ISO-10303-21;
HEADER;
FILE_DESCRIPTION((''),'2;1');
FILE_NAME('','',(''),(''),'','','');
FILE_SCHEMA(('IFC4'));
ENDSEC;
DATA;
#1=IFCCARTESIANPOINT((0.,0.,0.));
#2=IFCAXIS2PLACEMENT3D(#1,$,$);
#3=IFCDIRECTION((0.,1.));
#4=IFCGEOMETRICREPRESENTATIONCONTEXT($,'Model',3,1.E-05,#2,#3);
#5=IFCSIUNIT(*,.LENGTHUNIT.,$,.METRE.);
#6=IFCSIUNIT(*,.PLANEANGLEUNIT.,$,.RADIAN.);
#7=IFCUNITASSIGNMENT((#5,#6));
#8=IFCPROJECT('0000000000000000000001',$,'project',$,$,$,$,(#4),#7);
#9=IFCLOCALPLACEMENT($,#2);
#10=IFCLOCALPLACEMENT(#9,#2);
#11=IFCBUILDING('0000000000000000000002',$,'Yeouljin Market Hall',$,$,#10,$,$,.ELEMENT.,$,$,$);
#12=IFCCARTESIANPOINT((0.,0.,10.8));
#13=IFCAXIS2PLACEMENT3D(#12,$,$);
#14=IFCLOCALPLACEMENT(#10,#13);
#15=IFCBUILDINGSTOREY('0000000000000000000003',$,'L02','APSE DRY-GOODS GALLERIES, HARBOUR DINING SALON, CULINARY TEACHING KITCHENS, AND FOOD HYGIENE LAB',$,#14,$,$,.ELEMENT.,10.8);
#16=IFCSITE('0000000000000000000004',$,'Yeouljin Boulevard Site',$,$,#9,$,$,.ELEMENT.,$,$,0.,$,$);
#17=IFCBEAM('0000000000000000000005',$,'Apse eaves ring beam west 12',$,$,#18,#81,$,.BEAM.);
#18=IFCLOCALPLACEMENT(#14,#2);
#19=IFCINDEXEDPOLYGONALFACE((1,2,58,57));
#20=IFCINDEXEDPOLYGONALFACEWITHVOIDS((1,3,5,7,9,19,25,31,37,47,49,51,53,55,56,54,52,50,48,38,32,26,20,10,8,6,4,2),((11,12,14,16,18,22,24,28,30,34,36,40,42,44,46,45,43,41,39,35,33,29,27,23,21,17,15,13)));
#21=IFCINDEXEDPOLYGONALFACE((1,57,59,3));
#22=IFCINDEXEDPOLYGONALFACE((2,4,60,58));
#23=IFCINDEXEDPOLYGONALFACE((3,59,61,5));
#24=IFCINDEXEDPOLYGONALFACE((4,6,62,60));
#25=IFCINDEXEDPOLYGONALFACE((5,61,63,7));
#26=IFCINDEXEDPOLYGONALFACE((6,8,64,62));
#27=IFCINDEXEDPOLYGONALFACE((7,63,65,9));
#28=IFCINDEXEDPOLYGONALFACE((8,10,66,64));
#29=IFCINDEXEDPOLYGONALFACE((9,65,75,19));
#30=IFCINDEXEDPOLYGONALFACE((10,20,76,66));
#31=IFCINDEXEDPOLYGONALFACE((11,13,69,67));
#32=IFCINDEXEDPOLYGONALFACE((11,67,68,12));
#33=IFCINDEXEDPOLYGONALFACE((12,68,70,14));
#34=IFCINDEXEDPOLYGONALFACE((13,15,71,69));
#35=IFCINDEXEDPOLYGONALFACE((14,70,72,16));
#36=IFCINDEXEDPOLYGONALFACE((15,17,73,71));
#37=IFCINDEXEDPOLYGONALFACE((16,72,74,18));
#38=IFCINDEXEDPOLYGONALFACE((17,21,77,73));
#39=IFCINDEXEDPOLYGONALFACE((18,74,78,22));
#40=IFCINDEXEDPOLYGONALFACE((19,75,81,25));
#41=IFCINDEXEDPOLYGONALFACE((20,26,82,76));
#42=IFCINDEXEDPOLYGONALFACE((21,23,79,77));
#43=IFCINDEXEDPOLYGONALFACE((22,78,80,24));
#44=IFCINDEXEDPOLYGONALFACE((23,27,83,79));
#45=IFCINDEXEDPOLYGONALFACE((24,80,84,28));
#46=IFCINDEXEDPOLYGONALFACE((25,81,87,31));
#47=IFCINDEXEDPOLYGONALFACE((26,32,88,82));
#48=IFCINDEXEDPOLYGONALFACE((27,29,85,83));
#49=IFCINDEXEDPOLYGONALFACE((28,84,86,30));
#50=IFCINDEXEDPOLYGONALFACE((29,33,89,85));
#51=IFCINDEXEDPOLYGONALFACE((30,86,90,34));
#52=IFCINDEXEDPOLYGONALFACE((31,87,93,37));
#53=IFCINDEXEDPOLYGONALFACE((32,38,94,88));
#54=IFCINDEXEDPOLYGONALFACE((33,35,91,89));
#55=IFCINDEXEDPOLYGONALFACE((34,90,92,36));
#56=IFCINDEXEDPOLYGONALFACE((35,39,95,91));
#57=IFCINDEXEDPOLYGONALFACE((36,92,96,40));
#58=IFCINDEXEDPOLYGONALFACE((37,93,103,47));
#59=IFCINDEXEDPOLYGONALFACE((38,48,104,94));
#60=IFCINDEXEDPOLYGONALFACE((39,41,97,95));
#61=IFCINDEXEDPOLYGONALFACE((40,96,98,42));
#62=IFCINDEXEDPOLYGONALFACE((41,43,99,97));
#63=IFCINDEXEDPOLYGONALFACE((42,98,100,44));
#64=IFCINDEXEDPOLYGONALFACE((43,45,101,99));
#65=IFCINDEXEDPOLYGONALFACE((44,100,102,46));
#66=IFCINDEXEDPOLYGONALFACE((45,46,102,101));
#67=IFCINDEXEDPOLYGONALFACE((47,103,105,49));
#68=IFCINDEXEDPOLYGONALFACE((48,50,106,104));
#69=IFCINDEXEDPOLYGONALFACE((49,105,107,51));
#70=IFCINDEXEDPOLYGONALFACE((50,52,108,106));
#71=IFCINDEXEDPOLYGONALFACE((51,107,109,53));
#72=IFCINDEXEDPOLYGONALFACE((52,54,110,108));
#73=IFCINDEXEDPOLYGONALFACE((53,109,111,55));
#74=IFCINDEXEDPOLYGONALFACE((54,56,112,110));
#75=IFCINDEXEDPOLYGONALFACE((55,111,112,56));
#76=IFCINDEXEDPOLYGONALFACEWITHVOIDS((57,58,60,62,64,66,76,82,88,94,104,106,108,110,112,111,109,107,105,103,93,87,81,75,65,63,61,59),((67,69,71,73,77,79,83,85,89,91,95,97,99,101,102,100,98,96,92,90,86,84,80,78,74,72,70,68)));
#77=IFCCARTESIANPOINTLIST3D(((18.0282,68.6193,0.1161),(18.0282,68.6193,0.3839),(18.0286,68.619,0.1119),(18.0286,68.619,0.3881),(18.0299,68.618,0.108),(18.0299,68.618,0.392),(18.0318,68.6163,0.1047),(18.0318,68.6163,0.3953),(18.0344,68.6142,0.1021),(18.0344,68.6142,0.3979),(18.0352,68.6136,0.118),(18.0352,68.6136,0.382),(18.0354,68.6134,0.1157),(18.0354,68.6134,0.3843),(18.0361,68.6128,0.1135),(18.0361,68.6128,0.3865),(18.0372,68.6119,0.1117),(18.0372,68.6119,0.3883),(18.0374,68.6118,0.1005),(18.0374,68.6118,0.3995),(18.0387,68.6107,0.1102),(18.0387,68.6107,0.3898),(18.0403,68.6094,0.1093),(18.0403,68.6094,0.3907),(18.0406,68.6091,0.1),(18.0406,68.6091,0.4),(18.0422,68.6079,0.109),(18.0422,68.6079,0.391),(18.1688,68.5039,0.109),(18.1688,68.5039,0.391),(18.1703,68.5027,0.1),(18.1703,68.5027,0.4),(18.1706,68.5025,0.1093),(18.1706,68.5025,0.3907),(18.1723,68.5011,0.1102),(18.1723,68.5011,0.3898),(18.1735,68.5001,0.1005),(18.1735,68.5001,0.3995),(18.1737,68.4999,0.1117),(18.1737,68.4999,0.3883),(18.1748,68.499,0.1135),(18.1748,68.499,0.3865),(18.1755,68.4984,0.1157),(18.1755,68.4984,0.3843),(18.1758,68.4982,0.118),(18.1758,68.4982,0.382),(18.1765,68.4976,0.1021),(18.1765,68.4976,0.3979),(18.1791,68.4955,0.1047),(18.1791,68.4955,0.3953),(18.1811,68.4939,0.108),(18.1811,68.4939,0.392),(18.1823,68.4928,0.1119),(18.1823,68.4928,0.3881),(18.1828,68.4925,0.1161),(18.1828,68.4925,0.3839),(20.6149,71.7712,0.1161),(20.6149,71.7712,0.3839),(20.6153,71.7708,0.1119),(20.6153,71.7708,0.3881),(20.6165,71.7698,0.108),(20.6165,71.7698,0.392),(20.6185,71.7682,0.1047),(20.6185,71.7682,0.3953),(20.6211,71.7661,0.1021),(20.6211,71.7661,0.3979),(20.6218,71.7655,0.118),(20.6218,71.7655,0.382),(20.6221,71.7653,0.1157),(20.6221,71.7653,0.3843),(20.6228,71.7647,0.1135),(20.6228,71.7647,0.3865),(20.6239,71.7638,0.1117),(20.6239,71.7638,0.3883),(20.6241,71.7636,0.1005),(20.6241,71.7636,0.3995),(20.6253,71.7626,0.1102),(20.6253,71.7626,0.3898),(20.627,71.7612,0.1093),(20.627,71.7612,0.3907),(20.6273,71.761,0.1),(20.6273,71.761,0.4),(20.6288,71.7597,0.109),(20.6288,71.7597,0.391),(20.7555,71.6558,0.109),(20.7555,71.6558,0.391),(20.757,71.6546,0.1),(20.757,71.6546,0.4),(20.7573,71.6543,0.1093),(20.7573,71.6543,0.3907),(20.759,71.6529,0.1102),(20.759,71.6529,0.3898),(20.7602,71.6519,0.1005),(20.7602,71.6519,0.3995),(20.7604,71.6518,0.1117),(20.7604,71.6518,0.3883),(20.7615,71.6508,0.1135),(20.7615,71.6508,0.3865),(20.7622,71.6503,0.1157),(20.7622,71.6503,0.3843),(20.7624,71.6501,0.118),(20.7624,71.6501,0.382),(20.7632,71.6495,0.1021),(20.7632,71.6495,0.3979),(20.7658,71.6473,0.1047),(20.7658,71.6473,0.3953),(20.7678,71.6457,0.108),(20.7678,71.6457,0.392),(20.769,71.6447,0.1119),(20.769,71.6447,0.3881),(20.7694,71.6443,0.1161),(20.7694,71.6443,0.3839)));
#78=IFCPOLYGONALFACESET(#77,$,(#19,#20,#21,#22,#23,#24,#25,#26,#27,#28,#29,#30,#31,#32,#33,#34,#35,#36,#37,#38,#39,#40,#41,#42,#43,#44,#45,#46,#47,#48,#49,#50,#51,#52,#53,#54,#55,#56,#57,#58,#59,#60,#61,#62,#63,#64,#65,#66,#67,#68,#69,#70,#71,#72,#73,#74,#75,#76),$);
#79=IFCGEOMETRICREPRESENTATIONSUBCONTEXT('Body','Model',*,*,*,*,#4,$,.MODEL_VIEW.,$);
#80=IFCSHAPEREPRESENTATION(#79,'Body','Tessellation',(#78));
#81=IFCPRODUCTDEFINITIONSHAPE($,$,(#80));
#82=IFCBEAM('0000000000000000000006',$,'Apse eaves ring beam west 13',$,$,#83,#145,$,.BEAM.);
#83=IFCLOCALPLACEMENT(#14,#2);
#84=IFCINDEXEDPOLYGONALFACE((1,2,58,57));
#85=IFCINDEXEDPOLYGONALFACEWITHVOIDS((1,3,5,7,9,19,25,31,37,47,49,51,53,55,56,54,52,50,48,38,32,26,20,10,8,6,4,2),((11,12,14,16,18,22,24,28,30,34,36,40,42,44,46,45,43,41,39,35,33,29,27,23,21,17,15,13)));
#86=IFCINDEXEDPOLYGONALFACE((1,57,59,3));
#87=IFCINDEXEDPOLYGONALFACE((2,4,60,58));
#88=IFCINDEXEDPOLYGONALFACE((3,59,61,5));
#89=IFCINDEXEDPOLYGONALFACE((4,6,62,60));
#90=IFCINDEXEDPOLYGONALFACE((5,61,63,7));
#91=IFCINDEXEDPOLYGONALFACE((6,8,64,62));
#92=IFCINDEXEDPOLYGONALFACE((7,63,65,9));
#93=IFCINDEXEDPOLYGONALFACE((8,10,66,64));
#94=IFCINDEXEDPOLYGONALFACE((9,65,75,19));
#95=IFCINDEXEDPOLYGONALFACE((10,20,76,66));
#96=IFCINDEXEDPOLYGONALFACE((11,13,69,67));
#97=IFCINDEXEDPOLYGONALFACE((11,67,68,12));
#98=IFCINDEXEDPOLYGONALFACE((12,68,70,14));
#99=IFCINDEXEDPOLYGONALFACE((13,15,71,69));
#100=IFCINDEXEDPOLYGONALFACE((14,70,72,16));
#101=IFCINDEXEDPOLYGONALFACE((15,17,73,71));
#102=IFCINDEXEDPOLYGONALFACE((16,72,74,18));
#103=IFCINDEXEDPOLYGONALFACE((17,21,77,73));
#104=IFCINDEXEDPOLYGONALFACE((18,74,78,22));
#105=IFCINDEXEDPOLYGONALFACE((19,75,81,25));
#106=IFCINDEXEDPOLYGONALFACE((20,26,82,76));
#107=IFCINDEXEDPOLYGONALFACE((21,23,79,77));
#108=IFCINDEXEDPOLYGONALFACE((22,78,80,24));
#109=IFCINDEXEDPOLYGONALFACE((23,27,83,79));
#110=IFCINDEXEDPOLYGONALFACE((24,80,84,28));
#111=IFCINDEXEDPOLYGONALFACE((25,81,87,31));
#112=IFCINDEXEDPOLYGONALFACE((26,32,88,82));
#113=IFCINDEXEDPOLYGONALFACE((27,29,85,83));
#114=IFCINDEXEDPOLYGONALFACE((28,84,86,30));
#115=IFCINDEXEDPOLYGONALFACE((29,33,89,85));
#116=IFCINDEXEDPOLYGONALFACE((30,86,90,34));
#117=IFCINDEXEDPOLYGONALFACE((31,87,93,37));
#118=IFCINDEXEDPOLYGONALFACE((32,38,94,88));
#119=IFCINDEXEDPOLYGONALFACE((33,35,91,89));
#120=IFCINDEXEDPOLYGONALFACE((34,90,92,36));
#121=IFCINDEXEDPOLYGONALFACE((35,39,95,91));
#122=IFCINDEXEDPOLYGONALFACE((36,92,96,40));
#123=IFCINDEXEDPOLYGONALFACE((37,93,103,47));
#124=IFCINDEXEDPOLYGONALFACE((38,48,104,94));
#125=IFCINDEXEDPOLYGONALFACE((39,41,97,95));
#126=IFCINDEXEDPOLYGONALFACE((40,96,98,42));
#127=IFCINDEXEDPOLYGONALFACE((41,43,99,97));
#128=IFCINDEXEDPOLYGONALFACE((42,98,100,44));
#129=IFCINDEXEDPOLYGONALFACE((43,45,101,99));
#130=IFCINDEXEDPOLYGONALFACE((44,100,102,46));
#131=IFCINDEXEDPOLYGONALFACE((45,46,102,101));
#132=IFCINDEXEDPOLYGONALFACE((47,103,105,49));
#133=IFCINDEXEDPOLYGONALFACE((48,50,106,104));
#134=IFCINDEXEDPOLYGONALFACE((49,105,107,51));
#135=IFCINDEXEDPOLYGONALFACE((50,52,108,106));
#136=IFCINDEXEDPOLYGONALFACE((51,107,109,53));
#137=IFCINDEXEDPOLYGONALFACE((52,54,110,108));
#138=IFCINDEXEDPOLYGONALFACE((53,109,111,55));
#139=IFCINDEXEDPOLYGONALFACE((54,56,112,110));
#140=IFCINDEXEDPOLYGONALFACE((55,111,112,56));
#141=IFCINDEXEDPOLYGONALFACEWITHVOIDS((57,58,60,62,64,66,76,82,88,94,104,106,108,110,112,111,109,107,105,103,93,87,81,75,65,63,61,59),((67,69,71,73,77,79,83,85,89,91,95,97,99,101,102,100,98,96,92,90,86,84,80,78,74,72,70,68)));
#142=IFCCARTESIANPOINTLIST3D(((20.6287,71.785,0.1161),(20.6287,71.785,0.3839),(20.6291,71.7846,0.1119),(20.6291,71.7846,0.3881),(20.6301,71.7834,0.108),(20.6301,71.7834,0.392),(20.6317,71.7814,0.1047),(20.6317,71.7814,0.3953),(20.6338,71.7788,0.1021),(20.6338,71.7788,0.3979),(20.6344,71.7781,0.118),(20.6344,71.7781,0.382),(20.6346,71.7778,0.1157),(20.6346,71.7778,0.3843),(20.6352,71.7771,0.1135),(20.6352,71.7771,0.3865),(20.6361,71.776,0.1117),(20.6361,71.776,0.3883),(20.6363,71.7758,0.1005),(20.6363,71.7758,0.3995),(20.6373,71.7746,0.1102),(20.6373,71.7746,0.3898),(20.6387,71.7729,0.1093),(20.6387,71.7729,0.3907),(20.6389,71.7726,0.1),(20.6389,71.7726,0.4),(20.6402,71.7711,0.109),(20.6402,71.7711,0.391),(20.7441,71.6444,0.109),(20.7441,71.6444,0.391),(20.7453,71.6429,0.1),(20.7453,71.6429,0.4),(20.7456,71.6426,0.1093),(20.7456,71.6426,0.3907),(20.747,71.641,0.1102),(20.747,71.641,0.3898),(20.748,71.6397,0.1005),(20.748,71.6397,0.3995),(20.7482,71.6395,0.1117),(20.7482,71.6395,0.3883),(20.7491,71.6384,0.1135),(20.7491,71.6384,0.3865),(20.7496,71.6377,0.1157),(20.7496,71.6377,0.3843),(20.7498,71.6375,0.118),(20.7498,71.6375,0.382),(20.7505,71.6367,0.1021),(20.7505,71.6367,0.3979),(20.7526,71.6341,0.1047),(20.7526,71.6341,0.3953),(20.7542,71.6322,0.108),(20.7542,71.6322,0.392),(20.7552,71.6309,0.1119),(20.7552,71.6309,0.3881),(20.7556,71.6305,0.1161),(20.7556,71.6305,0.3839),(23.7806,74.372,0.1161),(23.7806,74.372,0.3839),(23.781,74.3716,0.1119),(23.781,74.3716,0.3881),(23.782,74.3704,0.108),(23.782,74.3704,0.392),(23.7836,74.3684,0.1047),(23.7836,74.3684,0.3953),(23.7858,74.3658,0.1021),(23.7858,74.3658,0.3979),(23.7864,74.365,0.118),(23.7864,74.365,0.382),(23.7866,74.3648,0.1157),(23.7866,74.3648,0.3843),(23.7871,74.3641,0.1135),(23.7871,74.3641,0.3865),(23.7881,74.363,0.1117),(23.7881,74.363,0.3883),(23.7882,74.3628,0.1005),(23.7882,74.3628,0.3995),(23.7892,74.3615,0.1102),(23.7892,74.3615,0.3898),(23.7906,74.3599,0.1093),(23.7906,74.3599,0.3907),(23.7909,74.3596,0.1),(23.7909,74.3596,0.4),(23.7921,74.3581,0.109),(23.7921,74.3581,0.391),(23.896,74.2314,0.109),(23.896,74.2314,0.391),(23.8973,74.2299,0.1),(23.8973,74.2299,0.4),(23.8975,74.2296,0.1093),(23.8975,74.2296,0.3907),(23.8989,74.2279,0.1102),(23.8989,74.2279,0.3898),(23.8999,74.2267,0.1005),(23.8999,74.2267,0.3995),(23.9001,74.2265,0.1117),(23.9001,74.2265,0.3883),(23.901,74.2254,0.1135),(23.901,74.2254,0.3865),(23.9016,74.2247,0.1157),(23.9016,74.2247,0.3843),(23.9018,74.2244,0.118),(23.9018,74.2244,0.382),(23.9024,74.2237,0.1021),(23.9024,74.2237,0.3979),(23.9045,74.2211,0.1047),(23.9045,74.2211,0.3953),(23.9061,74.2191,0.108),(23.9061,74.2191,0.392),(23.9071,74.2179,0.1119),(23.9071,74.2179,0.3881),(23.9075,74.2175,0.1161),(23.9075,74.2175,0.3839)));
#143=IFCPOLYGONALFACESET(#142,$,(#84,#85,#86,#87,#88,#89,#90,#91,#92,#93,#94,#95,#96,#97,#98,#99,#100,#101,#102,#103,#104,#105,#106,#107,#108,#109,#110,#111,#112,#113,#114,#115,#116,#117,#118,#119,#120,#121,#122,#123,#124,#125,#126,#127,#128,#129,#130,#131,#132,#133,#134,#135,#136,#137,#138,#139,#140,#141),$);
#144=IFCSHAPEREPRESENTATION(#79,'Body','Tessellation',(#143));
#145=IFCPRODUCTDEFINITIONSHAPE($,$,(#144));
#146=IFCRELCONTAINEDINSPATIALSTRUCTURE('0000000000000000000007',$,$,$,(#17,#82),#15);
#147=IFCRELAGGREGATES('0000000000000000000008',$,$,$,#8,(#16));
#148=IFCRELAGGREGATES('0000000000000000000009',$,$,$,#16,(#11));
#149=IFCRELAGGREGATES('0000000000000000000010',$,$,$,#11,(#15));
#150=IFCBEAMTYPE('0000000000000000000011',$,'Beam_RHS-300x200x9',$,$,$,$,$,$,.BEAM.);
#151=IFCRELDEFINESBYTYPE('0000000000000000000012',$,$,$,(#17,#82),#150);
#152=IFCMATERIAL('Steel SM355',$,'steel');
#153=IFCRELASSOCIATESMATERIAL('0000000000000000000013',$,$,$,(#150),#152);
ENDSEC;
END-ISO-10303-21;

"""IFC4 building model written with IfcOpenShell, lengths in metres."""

from ifc_helpers import new_model, si_unit, direction, frame, origin, origin_2d, place, context, subcontext, project, spatial, hollow_rectangle, extrude, material, material_profile, profile_set, type_object, element, save


model = new_model("IFC4")

# Units and contexts
model_context = context("Model", 3, precision=1e-05, world=origin(), true_north=direction((0.0, 1.0)))
body_context = subcontext(model_context, "Body", "Model", "MODEL_VIEW")
ifc_project = project(units=[si_unit("LENGTHUNIT", "METRE"), si_unit("PLANEANGLEUNIT", "RADIAN")], contexts=[model_context])

# Site, building, storey
site_placement = place(None, origin())
site = spatial("IfcSite", under=ifc_project, at=site_placement, Name="Yeouljin Boulevard Site", CompositionType="ELEMENT", RefElevation=0.0)
building_placement = place(site_placement, origin())
building = spatial("IfcBuilding", under=site, at=building_placement, Name="Yeouljin Market Hall", CompositionType="ELEMENT")
storey_placement = place(building_placement, frame((0.0, 0.0, 10.8)))
storey = spatial("IfcBuildingStorey", under=building, at=storey_placement, Name="L02", Description="APSE DRY-GOODS GALLERIES, HARBOUR DINING SALON, CULINARY TEACHING KITCHENS, AND FOOD HYGIENE LAB", CompositionType="ELEMENT", Elevation=10.8)

# Beams
ifc_material_1 = material(Name="Steel SM355", Category="steel")
ifc_material_profile_1 = material_profile(ifc_material_1, hollow_rectangle(XDim=0.2, YDim=0.3, WallThickness=0.009, InnerFilletRadius=0.009, OuterFilletRadius=0.0161, at=origin_2d()), Name="RHS-300x200x9")
ifc_profile_set_1 = profile_set([ifc_material_profile_1], Name="Steel SM355")
beam_type_1 = type_object("IfcBeamType", Name="Beam_RHS-300x200x9", PredefinedType="BEAM", material=ifc_profile_set_1)
beam_1_placement = place(storey_placement, frame((18.1055, 68.5559, 0.25), z_axis=(0.634395, 0.773009, 0.0), x_axis=(-0.773009, 0.634395, 0.0)))
element("IfcBeam", 1, at=beam_1_placement, inside=storey, type_object=beam_type_1, Name="Apse eaves ring beam west 12", PredefinedType="BEAM", context=body_context, shape_type="SweptSolid", body=[
    extrude(hollow_rectangle(XDim=0.2, YDim=0.3, WallThickness=0.009, InnerFilletRadius=0.009, OuterFilletRadius=0.0161, at=origin_2d()), origin(), (0.0, 0.0, 1.0), 4.0774),
])
beam_2_placement = place(storey_placement, frame((20.6921, 71.7078, 0.25), z_axis=(0.77298, 0.63443, 0.0), x_axis=(-0.63443, 0.77298, 0.0)))
element("IfcBeam", 2, at=beam_2_placement, inside=storey, type_object=beam_type_1, Name="Apse eaves ring beam west 13", PredefinedType="BEAM", context=body_context, shape_type="SweptSolid", body=[
    extrude(hollow_rectangle(XDim=0.2, YDim=0.3, WallThickness=0.009, InnerFilletRadius=0.009, OuterFilletRadius=0.0161, at=origin_2d()), origin(), (0.0, 0.0, 1.0), 4.0776),
])

save(model, "model.ifc")
